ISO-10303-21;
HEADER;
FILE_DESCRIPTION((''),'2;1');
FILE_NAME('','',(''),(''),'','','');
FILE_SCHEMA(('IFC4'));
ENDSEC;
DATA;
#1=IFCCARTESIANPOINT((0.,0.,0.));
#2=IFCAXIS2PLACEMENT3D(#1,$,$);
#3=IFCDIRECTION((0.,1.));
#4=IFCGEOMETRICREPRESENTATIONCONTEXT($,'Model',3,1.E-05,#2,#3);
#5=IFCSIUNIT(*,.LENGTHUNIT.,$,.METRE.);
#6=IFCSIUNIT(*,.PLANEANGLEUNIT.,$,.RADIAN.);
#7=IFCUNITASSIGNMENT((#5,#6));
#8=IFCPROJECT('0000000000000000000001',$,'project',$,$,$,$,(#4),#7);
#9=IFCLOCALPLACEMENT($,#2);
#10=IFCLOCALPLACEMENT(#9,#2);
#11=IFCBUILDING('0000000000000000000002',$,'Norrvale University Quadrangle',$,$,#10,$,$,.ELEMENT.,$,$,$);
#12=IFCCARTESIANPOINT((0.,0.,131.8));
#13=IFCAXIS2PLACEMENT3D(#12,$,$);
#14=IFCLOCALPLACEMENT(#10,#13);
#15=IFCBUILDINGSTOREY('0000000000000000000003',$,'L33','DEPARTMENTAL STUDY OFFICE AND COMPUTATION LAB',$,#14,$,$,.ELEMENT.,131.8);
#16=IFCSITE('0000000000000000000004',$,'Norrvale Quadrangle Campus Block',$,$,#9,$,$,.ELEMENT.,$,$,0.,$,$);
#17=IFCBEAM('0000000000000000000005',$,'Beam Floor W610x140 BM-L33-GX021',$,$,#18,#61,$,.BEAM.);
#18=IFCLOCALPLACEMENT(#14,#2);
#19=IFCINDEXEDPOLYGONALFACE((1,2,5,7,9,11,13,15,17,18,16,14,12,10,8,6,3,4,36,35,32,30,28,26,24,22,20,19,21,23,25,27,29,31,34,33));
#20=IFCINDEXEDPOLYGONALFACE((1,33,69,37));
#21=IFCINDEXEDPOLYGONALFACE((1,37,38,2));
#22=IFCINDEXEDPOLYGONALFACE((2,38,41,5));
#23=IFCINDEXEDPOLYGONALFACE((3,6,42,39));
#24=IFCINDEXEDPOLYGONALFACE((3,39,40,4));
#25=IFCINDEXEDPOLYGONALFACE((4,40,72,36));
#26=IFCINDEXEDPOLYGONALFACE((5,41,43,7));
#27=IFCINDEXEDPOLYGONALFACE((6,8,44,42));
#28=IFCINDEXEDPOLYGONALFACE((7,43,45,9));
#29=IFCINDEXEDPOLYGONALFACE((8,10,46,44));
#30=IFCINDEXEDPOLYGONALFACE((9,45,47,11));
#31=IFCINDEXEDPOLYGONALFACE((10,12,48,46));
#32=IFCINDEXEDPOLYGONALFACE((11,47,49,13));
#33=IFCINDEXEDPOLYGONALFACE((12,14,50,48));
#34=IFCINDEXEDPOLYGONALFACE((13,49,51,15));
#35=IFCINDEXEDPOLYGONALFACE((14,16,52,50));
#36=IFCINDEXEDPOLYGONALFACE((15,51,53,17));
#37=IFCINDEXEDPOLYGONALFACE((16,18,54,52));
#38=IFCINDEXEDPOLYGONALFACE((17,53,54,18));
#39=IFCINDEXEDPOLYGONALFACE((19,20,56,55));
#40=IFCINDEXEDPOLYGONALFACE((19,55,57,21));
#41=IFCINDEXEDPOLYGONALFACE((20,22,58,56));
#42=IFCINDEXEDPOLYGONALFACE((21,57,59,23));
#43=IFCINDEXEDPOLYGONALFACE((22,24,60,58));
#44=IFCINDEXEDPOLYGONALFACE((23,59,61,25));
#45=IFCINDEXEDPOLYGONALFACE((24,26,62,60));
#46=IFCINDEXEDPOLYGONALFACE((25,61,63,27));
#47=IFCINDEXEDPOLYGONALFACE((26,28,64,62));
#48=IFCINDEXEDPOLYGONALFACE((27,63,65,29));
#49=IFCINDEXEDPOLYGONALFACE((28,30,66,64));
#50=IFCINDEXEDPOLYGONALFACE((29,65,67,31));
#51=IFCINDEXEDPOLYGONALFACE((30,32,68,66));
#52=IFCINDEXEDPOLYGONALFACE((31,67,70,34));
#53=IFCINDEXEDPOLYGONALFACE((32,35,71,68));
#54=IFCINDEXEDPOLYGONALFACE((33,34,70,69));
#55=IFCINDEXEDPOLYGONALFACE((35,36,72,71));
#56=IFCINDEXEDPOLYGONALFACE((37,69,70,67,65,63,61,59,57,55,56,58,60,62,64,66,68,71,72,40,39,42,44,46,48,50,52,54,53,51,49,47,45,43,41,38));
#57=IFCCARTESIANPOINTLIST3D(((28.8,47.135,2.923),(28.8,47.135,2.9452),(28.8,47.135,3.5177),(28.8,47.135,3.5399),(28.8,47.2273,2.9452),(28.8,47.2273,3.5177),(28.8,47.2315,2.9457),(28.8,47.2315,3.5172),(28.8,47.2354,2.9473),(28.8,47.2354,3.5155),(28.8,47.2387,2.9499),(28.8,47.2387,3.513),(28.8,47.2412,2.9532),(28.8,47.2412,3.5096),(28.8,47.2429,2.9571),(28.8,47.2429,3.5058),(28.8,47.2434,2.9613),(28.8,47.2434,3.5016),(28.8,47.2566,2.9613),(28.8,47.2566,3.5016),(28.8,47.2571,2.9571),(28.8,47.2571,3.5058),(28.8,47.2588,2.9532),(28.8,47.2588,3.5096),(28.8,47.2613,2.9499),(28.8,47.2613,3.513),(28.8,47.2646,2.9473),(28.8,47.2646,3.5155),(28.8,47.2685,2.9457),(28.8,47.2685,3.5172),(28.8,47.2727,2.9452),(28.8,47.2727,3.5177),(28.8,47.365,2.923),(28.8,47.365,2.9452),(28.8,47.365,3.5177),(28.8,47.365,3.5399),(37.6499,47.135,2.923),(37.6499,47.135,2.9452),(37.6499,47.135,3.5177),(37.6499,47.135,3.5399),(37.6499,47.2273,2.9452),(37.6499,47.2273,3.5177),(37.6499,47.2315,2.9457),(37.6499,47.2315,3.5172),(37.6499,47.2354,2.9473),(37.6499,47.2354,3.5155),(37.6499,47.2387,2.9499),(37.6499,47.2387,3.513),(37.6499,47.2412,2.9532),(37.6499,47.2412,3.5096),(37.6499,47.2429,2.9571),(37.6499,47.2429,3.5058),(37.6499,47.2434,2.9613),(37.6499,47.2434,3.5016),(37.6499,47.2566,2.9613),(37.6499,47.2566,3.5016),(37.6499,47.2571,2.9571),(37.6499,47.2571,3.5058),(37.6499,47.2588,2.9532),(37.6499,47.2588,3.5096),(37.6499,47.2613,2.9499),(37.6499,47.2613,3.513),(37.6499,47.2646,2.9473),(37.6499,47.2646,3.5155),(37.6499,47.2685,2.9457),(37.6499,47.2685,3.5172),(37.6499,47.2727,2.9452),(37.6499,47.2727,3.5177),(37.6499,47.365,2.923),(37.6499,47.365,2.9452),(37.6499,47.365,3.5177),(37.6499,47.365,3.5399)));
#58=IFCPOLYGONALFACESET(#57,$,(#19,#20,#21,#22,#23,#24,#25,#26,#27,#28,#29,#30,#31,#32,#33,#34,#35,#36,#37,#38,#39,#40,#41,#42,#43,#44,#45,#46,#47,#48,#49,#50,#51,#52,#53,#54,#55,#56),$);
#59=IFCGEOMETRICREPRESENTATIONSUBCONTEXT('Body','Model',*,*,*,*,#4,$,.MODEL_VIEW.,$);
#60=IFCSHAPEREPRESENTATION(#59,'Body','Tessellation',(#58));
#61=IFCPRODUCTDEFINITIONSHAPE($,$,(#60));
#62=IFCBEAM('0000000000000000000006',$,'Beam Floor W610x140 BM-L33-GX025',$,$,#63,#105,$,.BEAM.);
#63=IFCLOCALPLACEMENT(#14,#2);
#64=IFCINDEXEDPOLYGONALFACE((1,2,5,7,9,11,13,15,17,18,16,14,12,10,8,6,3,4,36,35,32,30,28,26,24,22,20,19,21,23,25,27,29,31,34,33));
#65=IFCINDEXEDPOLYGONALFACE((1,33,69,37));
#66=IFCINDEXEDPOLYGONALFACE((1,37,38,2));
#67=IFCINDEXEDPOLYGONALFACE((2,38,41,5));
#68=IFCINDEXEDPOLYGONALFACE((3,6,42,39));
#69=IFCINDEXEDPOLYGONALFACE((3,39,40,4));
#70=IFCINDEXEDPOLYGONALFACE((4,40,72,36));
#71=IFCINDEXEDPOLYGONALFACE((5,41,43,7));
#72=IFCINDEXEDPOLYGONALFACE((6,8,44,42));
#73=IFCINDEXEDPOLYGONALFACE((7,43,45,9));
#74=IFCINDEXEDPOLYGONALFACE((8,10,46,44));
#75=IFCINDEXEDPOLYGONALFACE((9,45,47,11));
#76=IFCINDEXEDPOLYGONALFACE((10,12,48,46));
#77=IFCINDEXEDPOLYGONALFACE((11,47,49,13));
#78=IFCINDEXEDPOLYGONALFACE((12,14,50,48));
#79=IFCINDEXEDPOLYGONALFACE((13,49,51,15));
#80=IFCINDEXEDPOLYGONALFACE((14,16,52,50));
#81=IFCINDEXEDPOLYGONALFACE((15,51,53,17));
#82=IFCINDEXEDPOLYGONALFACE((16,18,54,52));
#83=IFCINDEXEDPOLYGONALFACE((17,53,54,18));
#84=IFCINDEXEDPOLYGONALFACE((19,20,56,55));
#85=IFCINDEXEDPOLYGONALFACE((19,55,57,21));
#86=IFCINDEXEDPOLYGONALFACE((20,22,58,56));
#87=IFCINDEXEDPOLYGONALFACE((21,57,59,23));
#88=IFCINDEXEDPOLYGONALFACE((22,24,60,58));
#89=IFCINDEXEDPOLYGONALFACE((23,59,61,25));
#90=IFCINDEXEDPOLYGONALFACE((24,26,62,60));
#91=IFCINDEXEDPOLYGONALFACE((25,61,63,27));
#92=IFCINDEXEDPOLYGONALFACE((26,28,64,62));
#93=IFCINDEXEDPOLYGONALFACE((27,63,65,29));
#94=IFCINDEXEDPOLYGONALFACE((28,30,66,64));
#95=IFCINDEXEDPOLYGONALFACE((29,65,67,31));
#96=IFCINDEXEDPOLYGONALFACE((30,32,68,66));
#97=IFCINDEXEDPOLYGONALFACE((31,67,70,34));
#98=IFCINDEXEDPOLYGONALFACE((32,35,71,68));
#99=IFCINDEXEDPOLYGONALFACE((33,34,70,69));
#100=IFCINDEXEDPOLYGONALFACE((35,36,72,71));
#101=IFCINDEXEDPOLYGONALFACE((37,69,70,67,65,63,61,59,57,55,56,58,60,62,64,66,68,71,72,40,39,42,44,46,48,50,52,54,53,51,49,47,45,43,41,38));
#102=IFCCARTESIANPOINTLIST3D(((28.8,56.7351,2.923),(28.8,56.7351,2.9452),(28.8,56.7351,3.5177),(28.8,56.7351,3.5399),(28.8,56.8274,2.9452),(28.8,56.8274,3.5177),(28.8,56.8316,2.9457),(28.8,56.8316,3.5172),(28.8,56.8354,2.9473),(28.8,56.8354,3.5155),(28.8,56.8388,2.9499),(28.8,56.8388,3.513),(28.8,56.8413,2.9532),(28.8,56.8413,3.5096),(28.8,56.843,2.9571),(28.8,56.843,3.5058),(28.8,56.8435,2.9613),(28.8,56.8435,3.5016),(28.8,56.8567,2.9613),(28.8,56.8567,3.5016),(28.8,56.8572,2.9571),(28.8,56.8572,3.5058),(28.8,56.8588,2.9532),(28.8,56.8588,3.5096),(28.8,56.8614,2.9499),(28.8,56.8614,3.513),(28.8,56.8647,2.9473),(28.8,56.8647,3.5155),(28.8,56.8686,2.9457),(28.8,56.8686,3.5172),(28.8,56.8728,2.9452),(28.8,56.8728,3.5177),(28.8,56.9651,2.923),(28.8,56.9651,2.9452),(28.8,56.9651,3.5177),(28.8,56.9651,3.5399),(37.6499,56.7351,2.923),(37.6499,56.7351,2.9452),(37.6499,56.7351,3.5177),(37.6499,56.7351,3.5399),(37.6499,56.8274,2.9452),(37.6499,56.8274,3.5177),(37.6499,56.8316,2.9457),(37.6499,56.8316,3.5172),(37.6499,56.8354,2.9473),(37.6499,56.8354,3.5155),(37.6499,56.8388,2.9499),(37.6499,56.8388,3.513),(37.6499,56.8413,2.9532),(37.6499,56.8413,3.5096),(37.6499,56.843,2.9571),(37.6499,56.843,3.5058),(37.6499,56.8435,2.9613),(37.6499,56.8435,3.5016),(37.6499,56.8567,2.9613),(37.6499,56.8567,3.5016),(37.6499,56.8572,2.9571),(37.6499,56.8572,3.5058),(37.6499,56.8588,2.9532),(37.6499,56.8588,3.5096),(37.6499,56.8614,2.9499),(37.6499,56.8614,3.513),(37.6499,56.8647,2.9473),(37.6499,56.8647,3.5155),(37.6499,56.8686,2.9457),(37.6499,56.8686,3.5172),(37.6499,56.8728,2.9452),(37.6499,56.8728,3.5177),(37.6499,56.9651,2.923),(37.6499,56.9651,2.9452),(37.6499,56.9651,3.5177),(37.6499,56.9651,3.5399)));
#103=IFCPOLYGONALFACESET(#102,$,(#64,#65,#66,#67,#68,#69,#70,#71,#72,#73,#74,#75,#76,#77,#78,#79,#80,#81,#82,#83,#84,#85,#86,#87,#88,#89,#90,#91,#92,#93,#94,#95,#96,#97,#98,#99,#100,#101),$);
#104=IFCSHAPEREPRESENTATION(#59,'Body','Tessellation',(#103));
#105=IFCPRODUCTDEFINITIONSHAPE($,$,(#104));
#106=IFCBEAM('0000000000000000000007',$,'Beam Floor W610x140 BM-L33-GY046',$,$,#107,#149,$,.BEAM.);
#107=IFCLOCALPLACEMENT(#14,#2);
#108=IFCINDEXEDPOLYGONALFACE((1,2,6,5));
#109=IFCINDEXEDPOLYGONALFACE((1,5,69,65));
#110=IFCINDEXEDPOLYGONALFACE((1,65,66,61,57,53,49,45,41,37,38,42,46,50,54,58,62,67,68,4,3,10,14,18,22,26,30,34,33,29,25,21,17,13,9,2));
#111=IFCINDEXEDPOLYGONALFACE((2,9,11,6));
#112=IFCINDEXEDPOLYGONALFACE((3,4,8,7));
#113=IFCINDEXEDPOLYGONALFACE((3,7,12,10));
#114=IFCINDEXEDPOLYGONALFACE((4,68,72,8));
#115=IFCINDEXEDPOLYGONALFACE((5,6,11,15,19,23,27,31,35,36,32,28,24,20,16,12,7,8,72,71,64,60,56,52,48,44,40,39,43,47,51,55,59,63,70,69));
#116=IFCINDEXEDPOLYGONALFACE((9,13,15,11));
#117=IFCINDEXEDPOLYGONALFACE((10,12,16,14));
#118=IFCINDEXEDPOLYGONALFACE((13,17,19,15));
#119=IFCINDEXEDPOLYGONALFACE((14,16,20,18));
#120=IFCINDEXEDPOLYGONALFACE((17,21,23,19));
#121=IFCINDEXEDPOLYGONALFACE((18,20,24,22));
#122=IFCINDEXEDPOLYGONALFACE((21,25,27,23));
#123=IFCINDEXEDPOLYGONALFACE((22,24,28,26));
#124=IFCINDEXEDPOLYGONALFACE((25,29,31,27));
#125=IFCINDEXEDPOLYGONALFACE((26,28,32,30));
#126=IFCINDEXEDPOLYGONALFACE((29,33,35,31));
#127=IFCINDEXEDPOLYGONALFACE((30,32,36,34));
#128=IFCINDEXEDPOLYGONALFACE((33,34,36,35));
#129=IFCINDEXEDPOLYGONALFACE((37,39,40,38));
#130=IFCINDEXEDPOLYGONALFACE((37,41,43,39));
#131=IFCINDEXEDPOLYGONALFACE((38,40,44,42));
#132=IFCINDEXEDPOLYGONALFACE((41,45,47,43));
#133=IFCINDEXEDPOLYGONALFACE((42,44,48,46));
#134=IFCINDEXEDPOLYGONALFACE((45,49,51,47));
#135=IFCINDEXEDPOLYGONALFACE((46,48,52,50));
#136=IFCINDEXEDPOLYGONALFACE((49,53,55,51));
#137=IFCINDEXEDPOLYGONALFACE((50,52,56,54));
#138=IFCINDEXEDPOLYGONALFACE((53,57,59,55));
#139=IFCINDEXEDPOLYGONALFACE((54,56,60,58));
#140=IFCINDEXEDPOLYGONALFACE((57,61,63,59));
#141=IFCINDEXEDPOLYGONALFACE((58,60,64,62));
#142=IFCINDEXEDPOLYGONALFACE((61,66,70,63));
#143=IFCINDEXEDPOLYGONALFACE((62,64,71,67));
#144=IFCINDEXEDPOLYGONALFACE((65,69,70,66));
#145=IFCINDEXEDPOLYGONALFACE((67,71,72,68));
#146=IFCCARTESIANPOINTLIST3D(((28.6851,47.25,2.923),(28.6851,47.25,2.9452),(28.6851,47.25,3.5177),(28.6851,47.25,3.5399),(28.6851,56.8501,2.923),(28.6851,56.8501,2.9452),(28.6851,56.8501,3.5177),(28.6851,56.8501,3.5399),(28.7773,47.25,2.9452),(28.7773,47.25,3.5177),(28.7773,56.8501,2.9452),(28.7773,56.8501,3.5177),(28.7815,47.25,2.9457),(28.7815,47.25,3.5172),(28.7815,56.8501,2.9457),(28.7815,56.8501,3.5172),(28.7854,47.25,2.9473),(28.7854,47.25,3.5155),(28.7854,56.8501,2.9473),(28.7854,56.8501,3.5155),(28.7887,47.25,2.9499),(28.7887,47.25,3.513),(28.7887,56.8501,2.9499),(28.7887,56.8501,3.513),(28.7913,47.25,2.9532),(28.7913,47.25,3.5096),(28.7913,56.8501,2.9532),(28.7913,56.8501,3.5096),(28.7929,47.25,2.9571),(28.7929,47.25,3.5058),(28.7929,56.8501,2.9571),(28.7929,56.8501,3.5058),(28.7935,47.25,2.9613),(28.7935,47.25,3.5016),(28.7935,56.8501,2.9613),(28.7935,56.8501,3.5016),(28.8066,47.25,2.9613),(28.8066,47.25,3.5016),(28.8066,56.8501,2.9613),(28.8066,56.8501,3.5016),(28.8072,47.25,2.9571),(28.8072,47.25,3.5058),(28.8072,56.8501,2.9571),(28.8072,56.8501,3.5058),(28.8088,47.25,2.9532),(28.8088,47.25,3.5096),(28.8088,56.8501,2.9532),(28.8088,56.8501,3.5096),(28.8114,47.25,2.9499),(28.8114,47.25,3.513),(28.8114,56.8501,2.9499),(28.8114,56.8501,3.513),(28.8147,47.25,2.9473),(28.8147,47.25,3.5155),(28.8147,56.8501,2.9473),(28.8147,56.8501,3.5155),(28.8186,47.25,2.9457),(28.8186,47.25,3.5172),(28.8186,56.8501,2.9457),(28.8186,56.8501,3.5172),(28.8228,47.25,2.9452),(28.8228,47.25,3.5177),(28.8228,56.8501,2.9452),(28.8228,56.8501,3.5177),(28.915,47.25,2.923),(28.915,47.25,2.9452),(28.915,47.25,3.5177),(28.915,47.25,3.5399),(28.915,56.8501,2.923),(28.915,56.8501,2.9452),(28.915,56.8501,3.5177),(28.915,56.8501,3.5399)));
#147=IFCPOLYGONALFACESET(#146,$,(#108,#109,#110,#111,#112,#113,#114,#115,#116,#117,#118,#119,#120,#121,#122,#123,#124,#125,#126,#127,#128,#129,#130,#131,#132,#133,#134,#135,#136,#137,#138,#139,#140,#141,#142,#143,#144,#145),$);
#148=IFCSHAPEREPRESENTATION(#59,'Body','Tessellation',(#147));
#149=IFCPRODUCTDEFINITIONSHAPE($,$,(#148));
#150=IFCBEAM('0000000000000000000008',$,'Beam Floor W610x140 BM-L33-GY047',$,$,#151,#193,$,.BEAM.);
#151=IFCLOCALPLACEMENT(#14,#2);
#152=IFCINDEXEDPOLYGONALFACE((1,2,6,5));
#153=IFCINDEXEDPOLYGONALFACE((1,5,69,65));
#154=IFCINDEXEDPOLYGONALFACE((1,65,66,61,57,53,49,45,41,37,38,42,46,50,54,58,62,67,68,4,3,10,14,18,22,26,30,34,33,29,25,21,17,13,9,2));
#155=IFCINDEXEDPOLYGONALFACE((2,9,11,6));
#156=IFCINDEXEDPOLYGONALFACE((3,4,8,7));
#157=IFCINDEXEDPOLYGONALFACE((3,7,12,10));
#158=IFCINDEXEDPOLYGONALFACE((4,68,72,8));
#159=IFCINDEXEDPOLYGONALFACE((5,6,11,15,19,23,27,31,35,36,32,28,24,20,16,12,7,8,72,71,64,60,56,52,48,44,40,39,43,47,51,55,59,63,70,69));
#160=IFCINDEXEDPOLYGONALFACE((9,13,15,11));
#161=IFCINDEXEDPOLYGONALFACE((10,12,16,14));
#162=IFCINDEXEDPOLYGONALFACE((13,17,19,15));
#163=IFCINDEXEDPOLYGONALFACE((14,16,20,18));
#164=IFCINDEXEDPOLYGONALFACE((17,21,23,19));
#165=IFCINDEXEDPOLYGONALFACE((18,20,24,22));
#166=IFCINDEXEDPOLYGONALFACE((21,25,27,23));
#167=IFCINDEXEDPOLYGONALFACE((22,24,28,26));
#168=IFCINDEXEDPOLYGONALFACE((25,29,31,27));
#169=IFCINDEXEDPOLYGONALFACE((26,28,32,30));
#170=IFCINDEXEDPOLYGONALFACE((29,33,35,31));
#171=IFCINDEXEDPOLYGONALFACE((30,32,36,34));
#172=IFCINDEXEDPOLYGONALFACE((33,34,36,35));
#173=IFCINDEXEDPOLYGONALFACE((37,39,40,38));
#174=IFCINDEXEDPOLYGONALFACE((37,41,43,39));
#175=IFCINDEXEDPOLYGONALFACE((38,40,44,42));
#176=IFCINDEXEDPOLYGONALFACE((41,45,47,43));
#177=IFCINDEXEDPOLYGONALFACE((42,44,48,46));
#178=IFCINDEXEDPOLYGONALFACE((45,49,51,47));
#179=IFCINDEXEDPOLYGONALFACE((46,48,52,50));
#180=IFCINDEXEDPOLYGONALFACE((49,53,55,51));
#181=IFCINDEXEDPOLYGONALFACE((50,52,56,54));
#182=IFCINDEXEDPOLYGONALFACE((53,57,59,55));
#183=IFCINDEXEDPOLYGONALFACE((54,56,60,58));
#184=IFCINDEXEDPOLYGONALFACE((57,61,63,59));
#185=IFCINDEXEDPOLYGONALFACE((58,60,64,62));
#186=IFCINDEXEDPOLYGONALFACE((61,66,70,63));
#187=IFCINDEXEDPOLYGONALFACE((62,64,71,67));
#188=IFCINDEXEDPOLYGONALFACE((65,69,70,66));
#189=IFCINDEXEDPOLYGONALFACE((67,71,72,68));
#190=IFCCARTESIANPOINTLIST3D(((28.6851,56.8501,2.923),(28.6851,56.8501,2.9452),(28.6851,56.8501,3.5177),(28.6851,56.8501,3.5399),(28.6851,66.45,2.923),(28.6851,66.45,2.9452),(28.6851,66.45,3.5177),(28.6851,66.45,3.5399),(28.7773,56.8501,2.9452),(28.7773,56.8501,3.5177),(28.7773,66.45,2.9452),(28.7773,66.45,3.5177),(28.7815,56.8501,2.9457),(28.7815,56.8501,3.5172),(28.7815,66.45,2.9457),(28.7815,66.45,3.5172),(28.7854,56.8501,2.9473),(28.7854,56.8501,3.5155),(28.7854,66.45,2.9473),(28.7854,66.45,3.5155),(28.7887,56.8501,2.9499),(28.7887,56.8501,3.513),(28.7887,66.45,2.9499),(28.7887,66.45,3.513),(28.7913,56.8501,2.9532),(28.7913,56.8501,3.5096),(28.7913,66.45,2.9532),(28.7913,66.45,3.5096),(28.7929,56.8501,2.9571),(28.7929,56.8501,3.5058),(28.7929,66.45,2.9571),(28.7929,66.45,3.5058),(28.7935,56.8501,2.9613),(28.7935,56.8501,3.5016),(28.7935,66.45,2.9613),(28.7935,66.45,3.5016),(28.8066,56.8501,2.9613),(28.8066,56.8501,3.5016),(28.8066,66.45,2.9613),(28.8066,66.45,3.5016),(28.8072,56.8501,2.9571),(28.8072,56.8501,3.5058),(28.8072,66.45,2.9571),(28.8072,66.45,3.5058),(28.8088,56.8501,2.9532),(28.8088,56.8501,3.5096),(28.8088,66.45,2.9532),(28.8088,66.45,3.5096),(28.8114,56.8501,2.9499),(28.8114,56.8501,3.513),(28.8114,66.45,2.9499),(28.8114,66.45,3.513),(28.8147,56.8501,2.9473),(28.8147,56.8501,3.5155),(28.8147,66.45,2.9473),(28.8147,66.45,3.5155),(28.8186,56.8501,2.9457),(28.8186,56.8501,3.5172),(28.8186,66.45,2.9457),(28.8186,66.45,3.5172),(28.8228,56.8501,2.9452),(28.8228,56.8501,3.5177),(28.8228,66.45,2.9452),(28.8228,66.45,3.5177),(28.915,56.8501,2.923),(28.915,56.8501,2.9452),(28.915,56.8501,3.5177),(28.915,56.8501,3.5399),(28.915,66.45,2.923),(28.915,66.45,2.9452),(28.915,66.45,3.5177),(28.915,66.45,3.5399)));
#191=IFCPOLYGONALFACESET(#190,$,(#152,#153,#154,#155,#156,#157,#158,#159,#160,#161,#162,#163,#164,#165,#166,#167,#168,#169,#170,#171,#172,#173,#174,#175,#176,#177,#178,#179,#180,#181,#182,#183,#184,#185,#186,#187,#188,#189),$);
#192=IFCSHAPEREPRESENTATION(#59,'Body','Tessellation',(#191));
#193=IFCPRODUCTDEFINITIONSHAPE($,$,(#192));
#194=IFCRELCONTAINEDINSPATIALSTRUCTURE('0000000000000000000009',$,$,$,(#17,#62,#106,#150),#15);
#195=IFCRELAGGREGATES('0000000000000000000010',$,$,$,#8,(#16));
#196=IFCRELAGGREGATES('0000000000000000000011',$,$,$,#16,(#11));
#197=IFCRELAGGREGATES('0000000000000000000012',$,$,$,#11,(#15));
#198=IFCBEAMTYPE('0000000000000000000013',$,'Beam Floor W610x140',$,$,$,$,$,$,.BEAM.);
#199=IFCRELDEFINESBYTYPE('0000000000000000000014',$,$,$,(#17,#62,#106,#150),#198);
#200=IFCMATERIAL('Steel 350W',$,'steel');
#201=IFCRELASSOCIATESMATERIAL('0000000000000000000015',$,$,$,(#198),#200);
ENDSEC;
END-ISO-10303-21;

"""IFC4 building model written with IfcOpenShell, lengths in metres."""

from ifc_helpers import new_model, si_unit, direction, frame, origin, origin_2d, place, context, subcontext, project, spatial, i_section, extrude, material, material_profile, profile_set, type_object, element, save


model = new_model("IFC4")

# Units and contexts
model_context = context("Model", 3, precision=1e-05, world=origin(), true_north=direction((0.0, 1.0)))
body_context = subcontext(model_context, "Body", "Model", "MODEL_VIEW")
ifc_project = project(units=[si_unit("LENGTHUNIT", "METRE"), si_unit("PLANEANGLEUNIT", "RADIAN")], contexts=[model_context])

# Site, building, storey
site_placement = place(None, origin())
site = spatial("IfcSite", under=ifc_project, at=site_placement, Name="Norrvale Quadrangle Campus Block", CompositionType="ELEMENT", RefElevation=0.0)
building_placement = place(site_placement, origin())
building = spatial("IfcBuilding", under=site, at=building_placement, Name="Norrvale University Quadrangle", CompositionType="ELEMENT")
storey_placement = place(building_placement, frame((0.0, 0.0, 131.8)))
storey = spatial("IfcBuildingStorey", under=building, at=storey_placement, Name="L33", Description="DEPARTMENTAL STUDY OFFICE AND COMPUTATION LAB", CompositionType="ELEMENT", Elevation=131.8)

# Beams
ifc_material_1 = material(Name="Steel 350W", Category="steel")
ifc_material_profile_1 = material_profile(ifc_material_1, i_section(OverallWidth=0.23, OverallDepth=0.6169, WebThickness=0.0132, FlangeThickness=0.0222, FilletRadius=0.0161, at=origin_2d()), Name="Steel 350W")
ifc_profile_set_1 = profile_set([ifc_material_profile_1], Name="Steel 350W")
beam_type_1 = type_object("IfcBeamType", Name="Beam Floor W610x140", PredefinedType="BEAM", material=ifc_profile_set_1)
for number, where, z_axis, x_axis, name in (
    (1, (28.8, 47.25, 3.2314), (1.0, 0.0, 0.0), (0.0, 1.0, 0.0), "Beam Floor W610x140 BM-L33-GX021"),
    (2, (28.8, 56.8501, 3.2314), (1.0, 0.0, 0.0), (0.0, 1.0, 0.0), "Beam Floor W610x140 BM-L33-GX025"),
):
    element("IfcBeam", number, at=place(storey_placement, frame(where, z_axis=z_axis, x_axis=x_axis)), inside=storey, type_object=beam_type_1, Name=name, PredefinedType="BEAM", context=body_context, shape_type="SweptSolid", body=[
        extrude(i_section(OverallWidth=0.23, OverallDepth=0.6169, WebThickness=0.0132, FlangeThickness=0.0222, FilletRadius=0.0161, at=origin_2d()), origin(), (0.0, 0.0, 1.0), 8.8499),
    ])
beam_1_placement = place(storey_placement, frame((28.8, 47.25, 3.2314), z_axis=(0.0, 1.0, 0.0), x_axis=(-1.0, 0.0, 0.0)))
element("IfcBeam", 3, at=beam_1_placement, inside=storey, type_object=beam_type_1, Name="Beam Floor W610x140 BM-L33-GY046", PredefinedType="BEAM", context=body_context, shape_type="SweptSolid", body=[
    extrude(i_section(OverallWidth=0.23, OverallDepth=0.6169, WebThickness=0.0132, FlangeThickness=0.0222, FilletRadius=0.0161, at=origin_2d()), origin(), (0.0, 0.0, 1.0), 9.6001),
])
beam_2_placement = place(storey_placement, frame((28.8, 56.8501, 3.2314), z_axis=(0.0, 1.0, 0.0), x_axis=(-1.0, 0.0, 0.0)))
element("IfcBeam", 4, at=beam_2_placement, inside=storey, type_object=beam_type_1, Name="Beam Floor W610x140 BM-L33-GY047", PredefinedType="BEAM", context=body_context, shape_type="SweptSolid", body=[
    extrude(i_section(OverallWidth=0.23, OverallDepth=0.6169, WebThickness=0.0132, FlangeThickness=0.0222, FilletRadius=0.0161, at=origin_2d()), origin(), (0.0, 0.0, 1.0), 9.5999),
])

save(model, "model.ifc")
